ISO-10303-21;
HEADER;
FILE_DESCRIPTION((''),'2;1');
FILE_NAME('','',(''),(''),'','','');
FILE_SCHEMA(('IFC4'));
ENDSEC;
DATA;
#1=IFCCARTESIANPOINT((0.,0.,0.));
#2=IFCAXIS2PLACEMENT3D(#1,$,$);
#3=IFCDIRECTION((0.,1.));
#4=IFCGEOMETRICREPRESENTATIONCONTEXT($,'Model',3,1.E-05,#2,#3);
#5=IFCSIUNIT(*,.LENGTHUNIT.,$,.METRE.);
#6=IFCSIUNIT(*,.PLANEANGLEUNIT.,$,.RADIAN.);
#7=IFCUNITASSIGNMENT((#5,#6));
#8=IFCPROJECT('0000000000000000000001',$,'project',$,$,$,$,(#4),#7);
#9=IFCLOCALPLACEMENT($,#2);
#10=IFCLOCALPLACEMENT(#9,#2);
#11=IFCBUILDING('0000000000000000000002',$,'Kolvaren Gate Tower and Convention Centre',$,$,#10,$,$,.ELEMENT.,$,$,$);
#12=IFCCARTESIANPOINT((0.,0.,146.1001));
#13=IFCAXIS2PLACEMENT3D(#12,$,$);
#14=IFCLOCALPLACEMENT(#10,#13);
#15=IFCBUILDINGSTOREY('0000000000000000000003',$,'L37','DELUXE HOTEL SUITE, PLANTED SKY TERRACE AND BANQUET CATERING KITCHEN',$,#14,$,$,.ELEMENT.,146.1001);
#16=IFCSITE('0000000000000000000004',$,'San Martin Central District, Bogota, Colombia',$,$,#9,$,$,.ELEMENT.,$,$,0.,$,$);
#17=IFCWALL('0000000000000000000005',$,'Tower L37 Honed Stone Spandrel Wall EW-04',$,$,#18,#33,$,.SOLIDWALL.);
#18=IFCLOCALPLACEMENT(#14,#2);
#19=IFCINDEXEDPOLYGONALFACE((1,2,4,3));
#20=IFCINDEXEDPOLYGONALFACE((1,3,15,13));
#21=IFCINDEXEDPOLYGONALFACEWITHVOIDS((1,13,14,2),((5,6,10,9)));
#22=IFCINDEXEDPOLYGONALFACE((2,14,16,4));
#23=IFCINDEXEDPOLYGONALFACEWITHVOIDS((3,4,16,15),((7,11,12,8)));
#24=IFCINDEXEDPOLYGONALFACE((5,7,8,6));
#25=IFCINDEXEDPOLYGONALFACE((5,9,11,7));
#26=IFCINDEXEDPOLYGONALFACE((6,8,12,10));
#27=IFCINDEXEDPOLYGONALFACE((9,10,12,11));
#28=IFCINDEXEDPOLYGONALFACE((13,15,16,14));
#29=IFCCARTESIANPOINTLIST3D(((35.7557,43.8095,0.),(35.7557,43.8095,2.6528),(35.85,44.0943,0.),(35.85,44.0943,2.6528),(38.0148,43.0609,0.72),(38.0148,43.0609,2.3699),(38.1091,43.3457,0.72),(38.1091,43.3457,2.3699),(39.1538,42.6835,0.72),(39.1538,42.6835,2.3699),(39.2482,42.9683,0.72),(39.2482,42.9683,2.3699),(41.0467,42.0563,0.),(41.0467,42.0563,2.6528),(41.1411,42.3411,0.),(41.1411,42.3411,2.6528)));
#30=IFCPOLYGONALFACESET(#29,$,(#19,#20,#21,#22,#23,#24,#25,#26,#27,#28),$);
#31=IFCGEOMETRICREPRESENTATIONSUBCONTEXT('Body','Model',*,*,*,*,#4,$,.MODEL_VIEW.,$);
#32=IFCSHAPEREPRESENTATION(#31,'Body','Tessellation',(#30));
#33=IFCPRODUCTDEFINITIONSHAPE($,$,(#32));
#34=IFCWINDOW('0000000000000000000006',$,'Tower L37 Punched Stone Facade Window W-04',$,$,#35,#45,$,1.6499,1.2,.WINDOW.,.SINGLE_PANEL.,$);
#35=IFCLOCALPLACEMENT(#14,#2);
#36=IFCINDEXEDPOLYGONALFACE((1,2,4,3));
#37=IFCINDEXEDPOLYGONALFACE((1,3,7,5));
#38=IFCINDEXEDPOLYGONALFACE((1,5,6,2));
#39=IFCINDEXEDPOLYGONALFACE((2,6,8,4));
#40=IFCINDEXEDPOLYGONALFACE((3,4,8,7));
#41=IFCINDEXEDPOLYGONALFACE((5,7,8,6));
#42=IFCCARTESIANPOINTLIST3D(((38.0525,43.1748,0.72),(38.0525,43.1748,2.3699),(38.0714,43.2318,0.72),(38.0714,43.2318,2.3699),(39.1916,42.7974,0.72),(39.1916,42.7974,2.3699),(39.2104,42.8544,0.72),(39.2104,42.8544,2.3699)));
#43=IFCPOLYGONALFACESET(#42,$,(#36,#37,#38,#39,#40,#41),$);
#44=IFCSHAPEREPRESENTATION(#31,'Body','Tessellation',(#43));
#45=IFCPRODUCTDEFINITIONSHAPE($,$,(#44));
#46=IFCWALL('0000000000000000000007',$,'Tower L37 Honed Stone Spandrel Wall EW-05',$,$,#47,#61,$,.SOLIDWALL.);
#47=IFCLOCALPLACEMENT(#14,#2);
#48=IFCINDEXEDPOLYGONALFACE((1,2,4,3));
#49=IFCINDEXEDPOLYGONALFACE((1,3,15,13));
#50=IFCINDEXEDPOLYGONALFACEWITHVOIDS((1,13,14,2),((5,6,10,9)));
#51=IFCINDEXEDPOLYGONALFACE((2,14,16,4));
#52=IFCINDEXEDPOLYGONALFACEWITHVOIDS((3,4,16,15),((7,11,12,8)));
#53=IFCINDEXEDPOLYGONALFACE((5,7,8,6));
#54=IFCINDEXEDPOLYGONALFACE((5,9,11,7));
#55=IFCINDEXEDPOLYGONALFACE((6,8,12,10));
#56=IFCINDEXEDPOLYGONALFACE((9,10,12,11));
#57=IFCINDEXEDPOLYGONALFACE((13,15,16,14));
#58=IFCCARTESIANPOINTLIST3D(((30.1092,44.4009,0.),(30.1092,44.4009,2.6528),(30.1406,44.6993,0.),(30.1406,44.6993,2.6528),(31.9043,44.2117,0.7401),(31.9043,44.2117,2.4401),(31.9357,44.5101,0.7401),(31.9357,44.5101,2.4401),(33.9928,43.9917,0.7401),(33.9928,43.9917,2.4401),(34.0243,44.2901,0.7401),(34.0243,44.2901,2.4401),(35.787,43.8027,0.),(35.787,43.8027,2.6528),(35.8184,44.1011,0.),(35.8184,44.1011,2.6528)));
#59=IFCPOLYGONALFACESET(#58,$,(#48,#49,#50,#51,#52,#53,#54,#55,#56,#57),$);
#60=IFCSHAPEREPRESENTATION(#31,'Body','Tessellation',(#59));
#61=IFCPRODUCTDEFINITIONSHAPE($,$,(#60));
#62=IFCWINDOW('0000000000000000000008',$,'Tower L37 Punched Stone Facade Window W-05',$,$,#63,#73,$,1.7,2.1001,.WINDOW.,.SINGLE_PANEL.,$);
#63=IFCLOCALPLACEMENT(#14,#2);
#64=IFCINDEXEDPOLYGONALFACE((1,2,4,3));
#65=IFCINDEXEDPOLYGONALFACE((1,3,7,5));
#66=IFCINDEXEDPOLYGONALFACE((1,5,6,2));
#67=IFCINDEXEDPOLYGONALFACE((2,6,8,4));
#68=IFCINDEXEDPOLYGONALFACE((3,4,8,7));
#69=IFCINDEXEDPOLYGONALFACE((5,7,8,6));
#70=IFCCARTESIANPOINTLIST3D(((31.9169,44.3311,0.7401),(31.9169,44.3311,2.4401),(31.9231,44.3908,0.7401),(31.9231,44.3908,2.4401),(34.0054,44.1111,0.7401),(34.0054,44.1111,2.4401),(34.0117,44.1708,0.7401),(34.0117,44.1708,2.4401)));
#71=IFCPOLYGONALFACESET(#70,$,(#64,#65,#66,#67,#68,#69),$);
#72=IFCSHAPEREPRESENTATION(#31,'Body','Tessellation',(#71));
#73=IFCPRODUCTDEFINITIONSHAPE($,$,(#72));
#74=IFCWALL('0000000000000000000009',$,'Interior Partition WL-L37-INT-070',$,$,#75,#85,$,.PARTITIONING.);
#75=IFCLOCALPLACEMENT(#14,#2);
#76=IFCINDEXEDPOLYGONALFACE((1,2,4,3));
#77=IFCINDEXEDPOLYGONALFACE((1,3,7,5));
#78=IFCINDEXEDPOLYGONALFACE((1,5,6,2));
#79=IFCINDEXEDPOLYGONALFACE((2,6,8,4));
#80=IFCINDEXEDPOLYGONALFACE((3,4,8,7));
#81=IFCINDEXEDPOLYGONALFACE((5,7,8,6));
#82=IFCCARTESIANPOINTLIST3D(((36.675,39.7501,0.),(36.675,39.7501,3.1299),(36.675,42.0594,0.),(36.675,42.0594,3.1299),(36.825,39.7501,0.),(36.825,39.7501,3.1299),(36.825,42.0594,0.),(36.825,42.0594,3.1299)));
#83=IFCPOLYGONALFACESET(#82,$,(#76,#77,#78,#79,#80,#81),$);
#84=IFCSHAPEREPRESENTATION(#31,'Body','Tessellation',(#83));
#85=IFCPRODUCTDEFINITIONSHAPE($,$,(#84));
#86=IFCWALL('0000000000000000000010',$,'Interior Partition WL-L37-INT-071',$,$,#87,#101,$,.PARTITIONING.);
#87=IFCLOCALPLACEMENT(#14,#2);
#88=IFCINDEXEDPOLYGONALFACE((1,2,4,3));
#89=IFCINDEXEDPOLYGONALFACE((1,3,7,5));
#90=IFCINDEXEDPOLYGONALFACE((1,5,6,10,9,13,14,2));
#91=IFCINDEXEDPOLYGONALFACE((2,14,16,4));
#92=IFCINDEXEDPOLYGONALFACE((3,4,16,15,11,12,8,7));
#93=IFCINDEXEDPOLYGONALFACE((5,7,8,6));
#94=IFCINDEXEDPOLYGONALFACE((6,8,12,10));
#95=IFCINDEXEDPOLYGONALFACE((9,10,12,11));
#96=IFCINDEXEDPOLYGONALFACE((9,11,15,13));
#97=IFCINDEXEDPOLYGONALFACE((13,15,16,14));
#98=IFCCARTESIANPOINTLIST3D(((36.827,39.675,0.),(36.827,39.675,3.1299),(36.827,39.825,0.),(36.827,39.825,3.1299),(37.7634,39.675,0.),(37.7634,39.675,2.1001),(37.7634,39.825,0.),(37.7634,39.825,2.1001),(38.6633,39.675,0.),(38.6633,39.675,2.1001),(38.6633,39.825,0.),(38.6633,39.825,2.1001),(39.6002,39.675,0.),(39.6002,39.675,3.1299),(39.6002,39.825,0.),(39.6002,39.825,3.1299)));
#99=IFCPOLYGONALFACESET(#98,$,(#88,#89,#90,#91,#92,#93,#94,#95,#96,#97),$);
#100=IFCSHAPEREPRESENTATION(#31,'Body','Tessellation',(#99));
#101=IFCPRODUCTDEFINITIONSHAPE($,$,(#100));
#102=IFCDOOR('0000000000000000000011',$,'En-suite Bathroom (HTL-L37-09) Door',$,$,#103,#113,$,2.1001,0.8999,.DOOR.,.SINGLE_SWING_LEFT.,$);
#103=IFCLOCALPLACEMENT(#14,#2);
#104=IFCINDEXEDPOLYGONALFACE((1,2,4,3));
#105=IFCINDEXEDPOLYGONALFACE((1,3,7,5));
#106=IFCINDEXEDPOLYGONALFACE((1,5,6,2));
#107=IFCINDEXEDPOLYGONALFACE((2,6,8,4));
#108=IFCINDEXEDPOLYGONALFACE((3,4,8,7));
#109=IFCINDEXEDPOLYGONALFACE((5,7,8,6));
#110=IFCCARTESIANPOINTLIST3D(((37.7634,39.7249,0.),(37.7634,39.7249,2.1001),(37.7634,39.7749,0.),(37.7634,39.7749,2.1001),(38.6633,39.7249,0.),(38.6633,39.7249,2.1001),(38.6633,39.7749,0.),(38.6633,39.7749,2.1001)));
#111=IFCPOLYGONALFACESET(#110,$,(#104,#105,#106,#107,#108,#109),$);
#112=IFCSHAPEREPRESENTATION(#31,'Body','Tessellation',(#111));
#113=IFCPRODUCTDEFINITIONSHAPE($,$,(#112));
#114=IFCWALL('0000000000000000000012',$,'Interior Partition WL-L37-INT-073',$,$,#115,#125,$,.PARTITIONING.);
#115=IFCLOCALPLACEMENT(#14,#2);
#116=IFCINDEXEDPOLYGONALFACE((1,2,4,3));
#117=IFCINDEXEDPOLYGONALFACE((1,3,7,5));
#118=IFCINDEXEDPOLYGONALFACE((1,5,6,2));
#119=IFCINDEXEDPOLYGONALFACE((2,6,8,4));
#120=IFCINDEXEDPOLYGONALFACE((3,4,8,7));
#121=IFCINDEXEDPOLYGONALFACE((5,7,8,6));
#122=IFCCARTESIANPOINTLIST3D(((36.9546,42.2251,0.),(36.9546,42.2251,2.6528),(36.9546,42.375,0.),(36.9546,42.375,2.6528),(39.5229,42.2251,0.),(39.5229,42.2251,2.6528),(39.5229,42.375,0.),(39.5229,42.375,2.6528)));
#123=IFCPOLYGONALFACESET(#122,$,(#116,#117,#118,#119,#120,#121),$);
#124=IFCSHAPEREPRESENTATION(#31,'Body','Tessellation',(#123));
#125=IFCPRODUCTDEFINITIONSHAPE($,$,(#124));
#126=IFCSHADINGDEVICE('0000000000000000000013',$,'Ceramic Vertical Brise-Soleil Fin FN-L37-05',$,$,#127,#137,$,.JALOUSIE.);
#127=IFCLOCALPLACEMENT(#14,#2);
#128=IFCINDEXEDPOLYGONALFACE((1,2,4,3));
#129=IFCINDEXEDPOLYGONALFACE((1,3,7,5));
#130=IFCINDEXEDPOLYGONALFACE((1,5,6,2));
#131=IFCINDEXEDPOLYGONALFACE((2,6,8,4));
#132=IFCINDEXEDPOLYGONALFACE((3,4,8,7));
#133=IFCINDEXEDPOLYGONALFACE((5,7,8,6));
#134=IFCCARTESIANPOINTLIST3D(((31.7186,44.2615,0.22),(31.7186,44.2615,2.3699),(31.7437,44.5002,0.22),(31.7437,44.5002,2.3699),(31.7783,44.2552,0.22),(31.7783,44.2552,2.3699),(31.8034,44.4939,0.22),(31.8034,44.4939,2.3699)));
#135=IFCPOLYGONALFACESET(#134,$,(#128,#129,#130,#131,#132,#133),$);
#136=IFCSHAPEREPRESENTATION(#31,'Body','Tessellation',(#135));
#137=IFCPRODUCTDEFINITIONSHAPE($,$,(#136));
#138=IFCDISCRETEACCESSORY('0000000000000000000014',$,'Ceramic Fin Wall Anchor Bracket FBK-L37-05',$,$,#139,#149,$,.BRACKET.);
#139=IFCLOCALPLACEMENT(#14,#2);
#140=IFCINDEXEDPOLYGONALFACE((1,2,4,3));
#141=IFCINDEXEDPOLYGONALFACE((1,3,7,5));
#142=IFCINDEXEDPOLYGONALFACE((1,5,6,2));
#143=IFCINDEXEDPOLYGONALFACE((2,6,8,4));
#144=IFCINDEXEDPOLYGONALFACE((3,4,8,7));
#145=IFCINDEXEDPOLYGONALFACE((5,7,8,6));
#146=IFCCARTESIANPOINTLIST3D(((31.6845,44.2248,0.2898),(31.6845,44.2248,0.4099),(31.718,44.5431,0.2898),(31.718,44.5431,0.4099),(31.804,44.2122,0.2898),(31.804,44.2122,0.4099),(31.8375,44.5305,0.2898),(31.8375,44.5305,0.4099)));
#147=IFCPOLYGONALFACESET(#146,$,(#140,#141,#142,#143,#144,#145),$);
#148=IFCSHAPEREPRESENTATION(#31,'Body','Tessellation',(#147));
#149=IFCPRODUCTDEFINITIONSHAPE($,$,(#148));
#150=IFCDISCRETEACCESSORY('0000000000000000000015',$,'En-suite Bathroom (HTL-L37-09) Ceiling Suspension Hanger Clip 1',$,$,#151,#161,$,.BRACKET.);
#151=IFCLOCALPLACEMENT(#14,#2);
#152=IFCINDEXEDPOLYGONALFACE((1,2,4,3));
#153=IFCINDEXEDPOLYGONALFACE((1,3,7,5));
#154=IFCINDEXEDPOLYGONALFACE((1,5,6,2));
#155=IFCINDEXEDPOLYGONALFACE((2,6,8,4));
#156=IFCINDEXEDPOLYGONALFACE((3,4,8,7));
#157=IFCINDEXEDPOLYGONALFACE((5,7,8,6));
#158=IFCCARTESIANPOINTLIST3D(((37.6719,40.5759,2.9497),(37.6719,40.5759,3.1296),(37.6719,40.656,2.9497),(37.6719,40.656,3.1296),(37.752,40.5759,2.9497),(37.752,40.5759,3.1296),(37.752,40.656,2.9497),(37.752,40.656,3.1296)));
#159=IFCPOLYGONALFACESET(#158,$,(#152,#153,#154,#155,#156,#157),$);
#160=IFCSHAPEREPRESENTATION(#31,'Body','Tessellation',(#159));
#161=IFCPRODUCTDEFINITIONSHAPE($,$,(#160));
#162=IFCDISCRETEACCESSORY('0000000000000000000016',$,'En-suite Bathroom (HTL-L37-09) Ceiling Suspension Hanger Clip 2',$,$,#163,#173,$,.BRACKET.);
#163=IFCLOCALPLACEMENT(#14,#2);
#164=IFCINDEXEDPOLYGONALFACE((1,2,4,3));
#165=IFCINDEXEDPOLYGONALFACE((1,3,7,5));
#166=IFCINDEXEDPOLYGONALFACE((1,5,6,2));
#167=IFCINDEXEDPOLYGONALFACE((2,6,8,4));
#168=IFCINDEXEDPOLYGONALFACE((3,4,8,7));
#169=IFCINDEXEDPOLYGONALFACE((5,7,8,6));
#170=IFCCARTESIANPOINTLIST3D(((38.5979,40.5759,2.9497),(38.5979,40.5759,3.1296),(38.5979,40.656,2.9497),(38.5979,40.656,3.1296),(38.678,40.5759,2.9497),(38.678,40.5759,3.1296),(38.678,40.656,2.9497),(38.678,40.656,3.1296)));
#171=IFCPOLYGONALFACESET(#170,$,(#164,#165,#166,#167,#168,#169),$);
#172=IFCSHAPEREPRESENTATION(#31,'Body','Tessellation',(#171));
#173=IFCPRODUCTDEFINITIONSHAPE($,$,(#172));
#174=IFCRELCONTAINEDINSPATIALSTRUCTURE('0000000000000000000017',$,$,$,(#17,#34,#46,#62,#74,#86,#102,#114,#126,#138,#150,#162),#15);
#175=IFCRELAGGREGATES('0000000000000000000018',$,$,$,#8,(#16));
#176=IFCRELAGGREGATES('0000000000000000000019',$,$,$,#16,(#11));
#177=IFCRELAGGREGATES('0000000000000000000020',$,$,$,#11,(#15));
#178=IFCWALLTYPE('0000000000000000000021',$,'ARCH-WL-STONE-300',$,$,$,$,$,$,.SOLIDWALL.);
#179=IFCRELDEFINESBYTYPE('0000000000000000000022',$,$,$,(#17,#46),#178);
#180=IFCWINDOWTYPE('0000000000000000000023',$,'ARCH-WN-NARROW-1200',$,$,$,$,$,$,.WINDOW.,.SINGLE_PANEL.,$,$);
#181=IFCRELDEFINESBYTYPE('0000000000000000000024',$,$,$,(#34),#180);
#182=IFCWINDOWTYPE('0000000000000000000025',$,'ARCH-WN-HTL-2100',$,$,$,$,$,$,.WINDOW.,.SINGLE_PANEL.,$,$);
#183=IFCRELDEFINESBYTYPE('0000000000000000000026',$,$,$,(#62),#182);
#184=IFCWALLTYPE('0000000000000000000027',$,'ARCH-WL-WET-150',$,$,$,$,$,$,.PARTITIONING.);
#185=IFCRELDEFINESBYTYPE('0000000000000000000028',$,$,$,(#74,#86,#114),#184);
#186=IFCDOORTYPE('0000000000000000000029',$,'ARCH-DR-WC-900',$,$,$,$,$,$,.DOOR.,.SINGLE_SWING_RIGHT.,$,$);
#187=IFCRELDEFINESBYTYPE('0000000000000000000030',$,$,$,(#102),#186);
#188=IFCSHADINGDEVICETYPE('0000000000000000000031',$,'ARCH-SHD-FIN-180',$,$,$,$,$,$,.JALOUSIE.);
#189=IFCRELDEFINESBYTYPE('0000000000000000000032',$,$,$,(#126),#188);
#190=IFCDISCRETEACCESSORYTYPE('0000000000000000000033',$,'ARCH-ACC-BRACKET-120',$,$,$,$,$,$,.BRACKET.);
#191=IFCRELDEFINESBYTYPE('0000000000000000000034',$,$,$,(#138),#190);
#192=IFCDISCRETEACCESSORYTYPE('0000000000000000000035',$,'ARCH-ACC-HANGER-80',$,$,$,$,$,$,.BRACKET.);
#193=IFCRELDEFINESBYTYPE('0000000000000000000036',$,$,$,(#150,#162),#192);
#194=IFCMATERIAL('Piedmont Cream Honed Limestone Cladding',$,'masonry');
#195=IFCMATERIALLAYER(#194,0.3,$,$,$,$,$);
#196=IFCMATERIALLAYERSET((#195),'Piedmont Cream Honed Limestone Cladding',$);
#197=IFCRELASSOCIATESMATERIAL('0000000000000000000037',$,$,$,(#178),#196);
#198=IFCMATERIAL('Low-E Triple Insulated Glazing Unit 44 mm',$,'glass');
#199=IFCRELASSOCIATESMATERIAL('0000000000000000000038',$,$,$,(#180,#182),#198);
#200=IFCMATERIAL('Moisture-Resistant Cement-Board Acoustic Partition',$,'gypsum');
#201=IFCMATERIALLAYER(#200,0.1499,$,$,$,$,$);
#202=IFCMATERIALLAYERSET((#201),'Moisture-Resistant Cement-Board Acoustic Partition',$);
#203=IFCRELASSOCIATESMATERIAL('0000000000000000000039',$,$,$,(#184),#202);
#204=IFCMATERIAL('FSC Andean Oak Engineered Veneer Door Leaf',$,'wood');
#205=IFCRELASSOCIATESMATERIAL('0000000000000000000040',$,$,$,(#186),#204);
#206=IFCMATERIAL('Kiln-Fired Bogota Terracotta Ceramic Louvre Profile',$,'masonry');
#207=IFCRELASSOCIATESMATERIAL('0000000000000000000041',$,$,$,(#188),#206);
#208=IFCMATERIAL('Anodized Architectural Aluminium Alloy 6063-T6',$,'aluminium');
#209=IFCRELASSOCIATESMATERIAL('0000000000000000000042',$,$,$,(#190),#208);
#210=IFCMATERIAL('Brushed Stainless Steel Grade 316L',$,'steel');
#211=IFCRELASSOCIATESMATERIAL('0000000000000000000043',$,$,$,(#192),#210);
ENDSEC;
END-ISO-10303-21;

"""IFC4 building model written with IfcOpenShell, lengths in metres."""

from ifc_helpers import new_model, si_unit, direction, frame, frame_2d, origin, origin_2d, place, context, subcontext, project, spatial, rectangle, extrude, material, layer, layer_set, type_object, element, fill, save


model = new_model("IFC4")

# Units and contexts
model_context = context("Model", 3, precision=1e-05, world=origin(), true_north=direction((0.0, 1.0)))
body_context = subcontext(model_context, "Body", "Model", "MODEL_VIEW")
ifc_project = project(units=[si_unit("LENGTHUNIT", "METRE"), si_unit("PLANEANGLEUNIT", "RADIAN")], contexts=[model_context])

# Site, building, storey
site_placement = place(None, origin())
site = spatial("IfcSite", under=ifc_project, at=site_placement, Name="San Martin Central District, Bogota, Colombia", CompositionType="ELEMENT", RefElevation=0.0)
building_placement = place(site_placement, origin())
building = spatial("IfcBuilding", under=site, at=building_placement, Name="Kolvaren Gate Tower and Convention Centre", CompositionType="ELEMENT")
storey_placement = place(building_placement, frame((0.0, 0.0, 146.1001)))
storey = spatial("IfcBuildingStorey", under=building, at=storey_placement, Name="L37", Description="DELUXE HOTEL SUITE, PLANTED SKY TERRACE AND BANQUET CATERING KITCHEN", CompositionType="ELEMENT", Elevation=146.1001)

# Walls, openings, windows
ifc_material_1 = material(Name="Piedmont Cream Honed Limestone Cladding", Category="masonry")
ifc_layer_1 = layer(ifc_material_1, 0.3)
ifc_layer_set_1 = layer_set([ifc_layer_1], Name="Piedmont Cream Honed Limestone Cladding")
wall_type_1 = type_object("IfcWallType", Name="ARCH-WL-STONE-300", PredefinedType="SOLIDWALL", material=ifc_layer_set_1)
wall_1_placement = place(storey_placement, frame((35.8027, 43.9519, 0.0), z_axis=(0.0, 0.0, 1.0), x_axis=(0.949247, -0.314532, 0.0)))
wall_1 = element("IfcWall", 1, at=wall_1_placement, inside=storey, type_object=wall_type_1, Name="Tower L37 Honed Stone Spandrel Wall EW-04", PredefinedType="SOLIDWALL", context=body_context, shape_type="SweptSolid", body=[
    extrude(rectangle(XDim=5.574, YDim=0.3, at=frame_2d((2.7871, 0.0))), origin(), (0.0, 0.0, 1.0), 2.6528),
])
opening_1_placement = place(wall_1_placement, frame((2.3799, 0.0, 0.72)))
opening_1 = element("IfcOpeningElement", 2, at=opening_1_placement, cuts=wall_1, PredefinedType="OPENING", context=body_context, shape_type="SweptSolid", body=[
    extrude(rectangle(XDim=1.2, YDim=1.6499, at=frame_2d((0.6001, 0.825))), frame((0.0, 0.1599, 0.0), z_axis=(0.0, -1.0, 0.0), x_axis=(1.0, 0.0, 0.0)), (0.0, 0.0, 1.0), 0.3201),
])
ifc_material_2 = material(Name="Low-E Triple Insulated Glazing Unit 44 mm", Category="glass")
window_type_1 = type_object("IfcWindowType", Name="ARCH-WN-NARROW-1200", PartitioningType="SINGLE_PANEL", PredefinedType="WINDOW", material=ifc_material_2)
window_1_placement = place(opening_1_placement, origin())
window_1 = element("IfcWindow", 3, at=window_1_placement, inside=storey, type_object=window_type_1, Name="Tower L37 Punched Stone Facade Window W-04", OverallHeight=1.6499, OverallWidth=1.2, PartitioningType="SINGLE_PANEL", PredefinedType="WINDOW", context=body_context, shape_type="SweptSolid", body=[
    extrude(rectangle(XDim=1.2, YDim=1.6499, at=frame_2d((0.6001, 0.825))), frame((0.0, 0.03, 0.0), z_axis=(0.0, -1.0, 0.0), x_axis=(1.0, 0.0, 0.0)), (0.0, 0.0, 1.0), 0.0601),
])
fill(opening_1, window_1)
wall_2_placement = place(storey_placement, frame((30.125, 44.55, 0.0), z_axis=(0.0, 0.0, 1.0), x_axis=(0.994497, -0.104769, 0.0)))
wall_2 = element("IfcWall", 4, at=wall_2_placement, inside=storey, type_object=wall_type_1, Name="Tower L37 Honed Stone Spandrel Wall EW-05", PredefinedType="SOLIDWALL", context=body_context, shape_type="SweptSolid", body=[
    extrude(rectangle(XDim=5.7092, YDim=0.3, at=frame_2d((2.8545, 0.0))), origin(), (0.0, 0.0, 1.0), 2.6528),
])
opening_2_placement = place(wall_2_placement, frame((1.8049, 0.0, 0.74)))
opening_2 = element("IfcOpeningElement", 5, at=opening_2_placement, cuts=wall_2, PredefinedType="OPENING", context=body_context, shape_type="SweptSolid", body=[
    extrude(rectangle(XDim=2.1001, YDim=1.7, at=frame_2d((1.05, 0.8501))), frame((0.0, 0.1599, 0.0), z_axis=(0.0, -1.0, 0.0), x_axis=(1.0, 0.0, 0.0)), (0.0, 0.0, 1.0), 0.3201),
])
window_type_2 = type_object("IfcWindowType", Name="ARCH-WN-HTL-2100", PartitioningType="SINGLE_PANEL", PredefinedType="WINDOW", material=ifc_material_2)
window_2_placement = place(opening_2_placement, origin())
window_2 = element("IfcWindow", 6, at=window_2_placement, inside=storey, type_object=window_type_2, Name="Tower L37 Punched Stone Facade Window W-05", OverallHeight=1.7, OverallWidth=2.1001, PartitioningType="SINGLE_PANEL", PredefinedType="WINDOW", context=body_context, shape_type="SweptSolid", body=[
    extrude(rectangle(XDim=2.1001, YDim=1.7, at=frame_2d((1.05, 0.8501))), frame((0.0, 0.03, 0.0), z_axis=(0.0, -1.0, 0.0), x_axis=(1.0, 0.0, 0.0)), (0.0, 0.0, 1.0), 0.0601),
])
fill(opening_2, window_2)

# Wall
ifc_material_3 = material(Name="Moisture-Resistant Cement-Board Acoustic Partition", Category="gypsum")
ifc_layer_2 = layer(ifc_material_3, 0.1499)
ifc_layer_set_2 = layer_set([ifc_layer_2], Name="Moisture-Resistant Cement-Board Acoustic Partition")
wall_type_2 = type_object("IfcWallType", Name="ARCH-WL-WET-150", PredefinedType="PARTITIONING", material=ifc_layer_set_2)
wall_3_placement = place(storey_placement, frame((36.75, 39.75, 0.0), z_axis=(0.0, 0.0, 1.0), x_axis=(0.0, 1.0, 0.0)))
element("IfcWall", 7, at=wall_3_placement, inside=storey, type_object=wall_type_2, Name="Interior Partition WL-L37-INT-070", PredefinedType="PARTITIONING", context=body_context, shape_type="SweptSolid", body=[
    extrude(rectangle(XDim=2.3093, YDim=0.1499, at=frame_2d((1.1548, 0.0))), origin(), (0.0, 0.0, 1.0), 3.1299),
])

# Wall, opening, door
wall_4_placement = place(storey_placement, frame((36.8269, 39.75, 0.0), z_axis=(0.0, 0.0, 1.0), x_axis=(1.0, 0.0, 0.0)))
wall_4 = element("IfcWall", 8, at=wall_4_placement, inside=storey, type_object=wall_type_2, Name="Interior Partition WL-L37-INT-071", PredefinedType="PARTITIONING", context=body_context, shape_type="SweptSolid", body=[
    extrude(rectangle(XDim=2.7732, YDim=0.1499, at=frame_2d((1.3867, 0.0))), origin(), (0.0, 0.0, 1.0), 3.1299),
])
opening_3_placement = place(wall_4_placement, frame((0.9365, 0.0, 0.0)))
opening_3 = element("IfcOpeningElement", 9, at=opening_3_placement, cuts=wall_4, PredefinedType="OPENING", context=body_context, shape_type="SweptSolid", body=[
    extrude(rectangle(XDim=0.8999, YDim=2.1001, at=frame_2d((0.45, 1.05))), frame((0.0, 0.085, 0.0), z_axis=(0.0, -1.0, 0.0), x_axis=(1.0, 0.0, 0.0)), (0.0, 0.0, 1.0), 0.1699),
])
ifc_material_4 = material(Name="FSC Andean Oak Engineered Veneer Door Leaf", Category="wood")
door_type = type_object("IfcDoorType", Name="ARCH-DR-WC-900", OperationType="SINGLE_SWING_RIGHT", PredefinedType="DOOR", material=ifc_material_4)
door_placement = place(opening_3_placement, origin())
door = element("IfcDoor", 10, at=door_placement, inside=storey, type_object=door_type, Name="En-suite Bathroom (HTL-L37-09) Door", OperationType="SINGLE_SWING_LEFT", OverallHeight=2.1001, OverallWidth=0.8999, PredefinedType="DOOR", context=body_context, shape_type="SweptSolid", body=[
    extrude(rectangle(XDim=0.8999, YDim=2.1001, at=frame_2d((0.45, 1.05))), frame((0.0, 0.0249, 0.0), z_axis=(0.0, -1.0, 0.0), x_axis=(1.0, 0.0, 0.0)), (0.0, 0.0, 1.0), 0.05),
])
fill(opening_3, door)

# Wall
wall_5_placement = place(storey_placement, frame((36.9546, 42.3, 0.0), z_axis=(0.0, 0.0, 1.0), x_axis=(1.0, 0.0, 0.0)))
element("IfcWall", 11, at=wall_5_placement, inside=storey, type_object=wall_type_2, Name="Interior Partition WL-L37-INT-073", PredefinedType="PARTITIONING", context=body_context, shape_type="SweptSolid", body=[
    extrude(rectangle(XDim=2.5684, YDim=0.1499, at=frame_2d((1.2842, 0.0))), origin(), (0.0, 0.0, 1.0), 2.6528),
])

# Shading device
ifc_material_5 = material(Name="Kiln-Fired Bogota Terracotta Ceramic Louvre Profile", Category="masonry")
shading_device_type = type_object("IfcShadingDeviceType", Name="ARCH-SHD-FIN-180", PredefinedType="JALOUSIE", material=ifc_material_5)
shading_device_placement = place(storey_placement, frame((31.761, 44.3777, 0.22), z_axis=(0.0, 0.0, 1.0), x_axis=(0.994499, -0.104744, 0.0)))
element("IfcShadingDevice", 12, at=shading_device_placement, inside=storey, type_object=shading_device_type, Name="Ceramic Vertical Brise-Soleil Fin FN-L37-05", PredefinedType="JALOUSIE", context=body_context, shape_type="SweptSolid", body=[
    extrude(rectangle(XDim=0.0601, YDim=0.24, at=origin_2d()), origin(), (0.0, 0.0, 1.0), 2.1499),
])

# Discrete accessories
ifc_material_6 = material(Name="Anodized Architectural Aluminium Alloy 6063-T6", Category="aluminium")
discrete_accessory_type_1 = type_object("IfcDiscreteAccessoryType", Name="ARCH-ACC-BRACKET-120", PredefinedType="BRACKET", material=ifc_material_6)
discrete_accessory_placement = place(storey_placement, frame((31.761, 44.3777, 0.2898), z_axis=(0.0, 0.0, 1.0), x_axis=(0.994499, -0.104744, 0.0)))
element("IfcDiscreteAccessory", 13, at=discrete_accessory_placement, inside=storey, type_object=discrete_accessory_type_1, Name="Ceramic Fin Wall Anchor Bracket FBK-L37-05", PredefinedType="BRACKET", context=body_context, shape_type="SweptSolid", body=[
    extrude(rectangle(XDim=0.1201, YDim=0.3201, at=origin_2d()), origin(), (0.0, 0.0, 1.0), 0.1201),
])
ifc_material_7 = material(Name="Brushed Stainless Steel Grade 316L", Category="steel")
discrete_accessory_type_2 = type_object("IfcDiscreteAccessoryType", Name="ARCH-ACC-HANGER-80", PredefinedType="BRACKET", material=ifc_material_7)
for number, where, z_axis, x_axis, name in (
    (14, (37.7119, 40.616, 2.9497), (0.0, 0.0, 1.0), (1.0, 0.0, 0.0), "En-suite Bathroom (HTL-L37-09) Ceiling Suspension Hanger Clip 1"),
    (15, (38.6379, 40.616, 2.9497), (0.0, 0.0, 1.0), (1.0, 0.0, 0.0), "En-suite Bathroom (HTL-L37-09) Ceiling Suspension Hanger Clip 2"),
):
    element("IfcDiscreteAccessory", number, at=place(storey_placement, frame(where, z_axis=z_axis, x_axis=x_axis)), inside=storey, type_object=discrete_accessory_type_2, Name=name, PredefinedType="BRACKET", context=body_context, shape_type="SweptSolid", body=[
        extrude(rectangle(XDim=0.0801, YDim=0.0801, at=origin_2d()), origin(), (0.0, 0.0, 1.0), 0.1799),
    ])

save(model, "model.ifc")
